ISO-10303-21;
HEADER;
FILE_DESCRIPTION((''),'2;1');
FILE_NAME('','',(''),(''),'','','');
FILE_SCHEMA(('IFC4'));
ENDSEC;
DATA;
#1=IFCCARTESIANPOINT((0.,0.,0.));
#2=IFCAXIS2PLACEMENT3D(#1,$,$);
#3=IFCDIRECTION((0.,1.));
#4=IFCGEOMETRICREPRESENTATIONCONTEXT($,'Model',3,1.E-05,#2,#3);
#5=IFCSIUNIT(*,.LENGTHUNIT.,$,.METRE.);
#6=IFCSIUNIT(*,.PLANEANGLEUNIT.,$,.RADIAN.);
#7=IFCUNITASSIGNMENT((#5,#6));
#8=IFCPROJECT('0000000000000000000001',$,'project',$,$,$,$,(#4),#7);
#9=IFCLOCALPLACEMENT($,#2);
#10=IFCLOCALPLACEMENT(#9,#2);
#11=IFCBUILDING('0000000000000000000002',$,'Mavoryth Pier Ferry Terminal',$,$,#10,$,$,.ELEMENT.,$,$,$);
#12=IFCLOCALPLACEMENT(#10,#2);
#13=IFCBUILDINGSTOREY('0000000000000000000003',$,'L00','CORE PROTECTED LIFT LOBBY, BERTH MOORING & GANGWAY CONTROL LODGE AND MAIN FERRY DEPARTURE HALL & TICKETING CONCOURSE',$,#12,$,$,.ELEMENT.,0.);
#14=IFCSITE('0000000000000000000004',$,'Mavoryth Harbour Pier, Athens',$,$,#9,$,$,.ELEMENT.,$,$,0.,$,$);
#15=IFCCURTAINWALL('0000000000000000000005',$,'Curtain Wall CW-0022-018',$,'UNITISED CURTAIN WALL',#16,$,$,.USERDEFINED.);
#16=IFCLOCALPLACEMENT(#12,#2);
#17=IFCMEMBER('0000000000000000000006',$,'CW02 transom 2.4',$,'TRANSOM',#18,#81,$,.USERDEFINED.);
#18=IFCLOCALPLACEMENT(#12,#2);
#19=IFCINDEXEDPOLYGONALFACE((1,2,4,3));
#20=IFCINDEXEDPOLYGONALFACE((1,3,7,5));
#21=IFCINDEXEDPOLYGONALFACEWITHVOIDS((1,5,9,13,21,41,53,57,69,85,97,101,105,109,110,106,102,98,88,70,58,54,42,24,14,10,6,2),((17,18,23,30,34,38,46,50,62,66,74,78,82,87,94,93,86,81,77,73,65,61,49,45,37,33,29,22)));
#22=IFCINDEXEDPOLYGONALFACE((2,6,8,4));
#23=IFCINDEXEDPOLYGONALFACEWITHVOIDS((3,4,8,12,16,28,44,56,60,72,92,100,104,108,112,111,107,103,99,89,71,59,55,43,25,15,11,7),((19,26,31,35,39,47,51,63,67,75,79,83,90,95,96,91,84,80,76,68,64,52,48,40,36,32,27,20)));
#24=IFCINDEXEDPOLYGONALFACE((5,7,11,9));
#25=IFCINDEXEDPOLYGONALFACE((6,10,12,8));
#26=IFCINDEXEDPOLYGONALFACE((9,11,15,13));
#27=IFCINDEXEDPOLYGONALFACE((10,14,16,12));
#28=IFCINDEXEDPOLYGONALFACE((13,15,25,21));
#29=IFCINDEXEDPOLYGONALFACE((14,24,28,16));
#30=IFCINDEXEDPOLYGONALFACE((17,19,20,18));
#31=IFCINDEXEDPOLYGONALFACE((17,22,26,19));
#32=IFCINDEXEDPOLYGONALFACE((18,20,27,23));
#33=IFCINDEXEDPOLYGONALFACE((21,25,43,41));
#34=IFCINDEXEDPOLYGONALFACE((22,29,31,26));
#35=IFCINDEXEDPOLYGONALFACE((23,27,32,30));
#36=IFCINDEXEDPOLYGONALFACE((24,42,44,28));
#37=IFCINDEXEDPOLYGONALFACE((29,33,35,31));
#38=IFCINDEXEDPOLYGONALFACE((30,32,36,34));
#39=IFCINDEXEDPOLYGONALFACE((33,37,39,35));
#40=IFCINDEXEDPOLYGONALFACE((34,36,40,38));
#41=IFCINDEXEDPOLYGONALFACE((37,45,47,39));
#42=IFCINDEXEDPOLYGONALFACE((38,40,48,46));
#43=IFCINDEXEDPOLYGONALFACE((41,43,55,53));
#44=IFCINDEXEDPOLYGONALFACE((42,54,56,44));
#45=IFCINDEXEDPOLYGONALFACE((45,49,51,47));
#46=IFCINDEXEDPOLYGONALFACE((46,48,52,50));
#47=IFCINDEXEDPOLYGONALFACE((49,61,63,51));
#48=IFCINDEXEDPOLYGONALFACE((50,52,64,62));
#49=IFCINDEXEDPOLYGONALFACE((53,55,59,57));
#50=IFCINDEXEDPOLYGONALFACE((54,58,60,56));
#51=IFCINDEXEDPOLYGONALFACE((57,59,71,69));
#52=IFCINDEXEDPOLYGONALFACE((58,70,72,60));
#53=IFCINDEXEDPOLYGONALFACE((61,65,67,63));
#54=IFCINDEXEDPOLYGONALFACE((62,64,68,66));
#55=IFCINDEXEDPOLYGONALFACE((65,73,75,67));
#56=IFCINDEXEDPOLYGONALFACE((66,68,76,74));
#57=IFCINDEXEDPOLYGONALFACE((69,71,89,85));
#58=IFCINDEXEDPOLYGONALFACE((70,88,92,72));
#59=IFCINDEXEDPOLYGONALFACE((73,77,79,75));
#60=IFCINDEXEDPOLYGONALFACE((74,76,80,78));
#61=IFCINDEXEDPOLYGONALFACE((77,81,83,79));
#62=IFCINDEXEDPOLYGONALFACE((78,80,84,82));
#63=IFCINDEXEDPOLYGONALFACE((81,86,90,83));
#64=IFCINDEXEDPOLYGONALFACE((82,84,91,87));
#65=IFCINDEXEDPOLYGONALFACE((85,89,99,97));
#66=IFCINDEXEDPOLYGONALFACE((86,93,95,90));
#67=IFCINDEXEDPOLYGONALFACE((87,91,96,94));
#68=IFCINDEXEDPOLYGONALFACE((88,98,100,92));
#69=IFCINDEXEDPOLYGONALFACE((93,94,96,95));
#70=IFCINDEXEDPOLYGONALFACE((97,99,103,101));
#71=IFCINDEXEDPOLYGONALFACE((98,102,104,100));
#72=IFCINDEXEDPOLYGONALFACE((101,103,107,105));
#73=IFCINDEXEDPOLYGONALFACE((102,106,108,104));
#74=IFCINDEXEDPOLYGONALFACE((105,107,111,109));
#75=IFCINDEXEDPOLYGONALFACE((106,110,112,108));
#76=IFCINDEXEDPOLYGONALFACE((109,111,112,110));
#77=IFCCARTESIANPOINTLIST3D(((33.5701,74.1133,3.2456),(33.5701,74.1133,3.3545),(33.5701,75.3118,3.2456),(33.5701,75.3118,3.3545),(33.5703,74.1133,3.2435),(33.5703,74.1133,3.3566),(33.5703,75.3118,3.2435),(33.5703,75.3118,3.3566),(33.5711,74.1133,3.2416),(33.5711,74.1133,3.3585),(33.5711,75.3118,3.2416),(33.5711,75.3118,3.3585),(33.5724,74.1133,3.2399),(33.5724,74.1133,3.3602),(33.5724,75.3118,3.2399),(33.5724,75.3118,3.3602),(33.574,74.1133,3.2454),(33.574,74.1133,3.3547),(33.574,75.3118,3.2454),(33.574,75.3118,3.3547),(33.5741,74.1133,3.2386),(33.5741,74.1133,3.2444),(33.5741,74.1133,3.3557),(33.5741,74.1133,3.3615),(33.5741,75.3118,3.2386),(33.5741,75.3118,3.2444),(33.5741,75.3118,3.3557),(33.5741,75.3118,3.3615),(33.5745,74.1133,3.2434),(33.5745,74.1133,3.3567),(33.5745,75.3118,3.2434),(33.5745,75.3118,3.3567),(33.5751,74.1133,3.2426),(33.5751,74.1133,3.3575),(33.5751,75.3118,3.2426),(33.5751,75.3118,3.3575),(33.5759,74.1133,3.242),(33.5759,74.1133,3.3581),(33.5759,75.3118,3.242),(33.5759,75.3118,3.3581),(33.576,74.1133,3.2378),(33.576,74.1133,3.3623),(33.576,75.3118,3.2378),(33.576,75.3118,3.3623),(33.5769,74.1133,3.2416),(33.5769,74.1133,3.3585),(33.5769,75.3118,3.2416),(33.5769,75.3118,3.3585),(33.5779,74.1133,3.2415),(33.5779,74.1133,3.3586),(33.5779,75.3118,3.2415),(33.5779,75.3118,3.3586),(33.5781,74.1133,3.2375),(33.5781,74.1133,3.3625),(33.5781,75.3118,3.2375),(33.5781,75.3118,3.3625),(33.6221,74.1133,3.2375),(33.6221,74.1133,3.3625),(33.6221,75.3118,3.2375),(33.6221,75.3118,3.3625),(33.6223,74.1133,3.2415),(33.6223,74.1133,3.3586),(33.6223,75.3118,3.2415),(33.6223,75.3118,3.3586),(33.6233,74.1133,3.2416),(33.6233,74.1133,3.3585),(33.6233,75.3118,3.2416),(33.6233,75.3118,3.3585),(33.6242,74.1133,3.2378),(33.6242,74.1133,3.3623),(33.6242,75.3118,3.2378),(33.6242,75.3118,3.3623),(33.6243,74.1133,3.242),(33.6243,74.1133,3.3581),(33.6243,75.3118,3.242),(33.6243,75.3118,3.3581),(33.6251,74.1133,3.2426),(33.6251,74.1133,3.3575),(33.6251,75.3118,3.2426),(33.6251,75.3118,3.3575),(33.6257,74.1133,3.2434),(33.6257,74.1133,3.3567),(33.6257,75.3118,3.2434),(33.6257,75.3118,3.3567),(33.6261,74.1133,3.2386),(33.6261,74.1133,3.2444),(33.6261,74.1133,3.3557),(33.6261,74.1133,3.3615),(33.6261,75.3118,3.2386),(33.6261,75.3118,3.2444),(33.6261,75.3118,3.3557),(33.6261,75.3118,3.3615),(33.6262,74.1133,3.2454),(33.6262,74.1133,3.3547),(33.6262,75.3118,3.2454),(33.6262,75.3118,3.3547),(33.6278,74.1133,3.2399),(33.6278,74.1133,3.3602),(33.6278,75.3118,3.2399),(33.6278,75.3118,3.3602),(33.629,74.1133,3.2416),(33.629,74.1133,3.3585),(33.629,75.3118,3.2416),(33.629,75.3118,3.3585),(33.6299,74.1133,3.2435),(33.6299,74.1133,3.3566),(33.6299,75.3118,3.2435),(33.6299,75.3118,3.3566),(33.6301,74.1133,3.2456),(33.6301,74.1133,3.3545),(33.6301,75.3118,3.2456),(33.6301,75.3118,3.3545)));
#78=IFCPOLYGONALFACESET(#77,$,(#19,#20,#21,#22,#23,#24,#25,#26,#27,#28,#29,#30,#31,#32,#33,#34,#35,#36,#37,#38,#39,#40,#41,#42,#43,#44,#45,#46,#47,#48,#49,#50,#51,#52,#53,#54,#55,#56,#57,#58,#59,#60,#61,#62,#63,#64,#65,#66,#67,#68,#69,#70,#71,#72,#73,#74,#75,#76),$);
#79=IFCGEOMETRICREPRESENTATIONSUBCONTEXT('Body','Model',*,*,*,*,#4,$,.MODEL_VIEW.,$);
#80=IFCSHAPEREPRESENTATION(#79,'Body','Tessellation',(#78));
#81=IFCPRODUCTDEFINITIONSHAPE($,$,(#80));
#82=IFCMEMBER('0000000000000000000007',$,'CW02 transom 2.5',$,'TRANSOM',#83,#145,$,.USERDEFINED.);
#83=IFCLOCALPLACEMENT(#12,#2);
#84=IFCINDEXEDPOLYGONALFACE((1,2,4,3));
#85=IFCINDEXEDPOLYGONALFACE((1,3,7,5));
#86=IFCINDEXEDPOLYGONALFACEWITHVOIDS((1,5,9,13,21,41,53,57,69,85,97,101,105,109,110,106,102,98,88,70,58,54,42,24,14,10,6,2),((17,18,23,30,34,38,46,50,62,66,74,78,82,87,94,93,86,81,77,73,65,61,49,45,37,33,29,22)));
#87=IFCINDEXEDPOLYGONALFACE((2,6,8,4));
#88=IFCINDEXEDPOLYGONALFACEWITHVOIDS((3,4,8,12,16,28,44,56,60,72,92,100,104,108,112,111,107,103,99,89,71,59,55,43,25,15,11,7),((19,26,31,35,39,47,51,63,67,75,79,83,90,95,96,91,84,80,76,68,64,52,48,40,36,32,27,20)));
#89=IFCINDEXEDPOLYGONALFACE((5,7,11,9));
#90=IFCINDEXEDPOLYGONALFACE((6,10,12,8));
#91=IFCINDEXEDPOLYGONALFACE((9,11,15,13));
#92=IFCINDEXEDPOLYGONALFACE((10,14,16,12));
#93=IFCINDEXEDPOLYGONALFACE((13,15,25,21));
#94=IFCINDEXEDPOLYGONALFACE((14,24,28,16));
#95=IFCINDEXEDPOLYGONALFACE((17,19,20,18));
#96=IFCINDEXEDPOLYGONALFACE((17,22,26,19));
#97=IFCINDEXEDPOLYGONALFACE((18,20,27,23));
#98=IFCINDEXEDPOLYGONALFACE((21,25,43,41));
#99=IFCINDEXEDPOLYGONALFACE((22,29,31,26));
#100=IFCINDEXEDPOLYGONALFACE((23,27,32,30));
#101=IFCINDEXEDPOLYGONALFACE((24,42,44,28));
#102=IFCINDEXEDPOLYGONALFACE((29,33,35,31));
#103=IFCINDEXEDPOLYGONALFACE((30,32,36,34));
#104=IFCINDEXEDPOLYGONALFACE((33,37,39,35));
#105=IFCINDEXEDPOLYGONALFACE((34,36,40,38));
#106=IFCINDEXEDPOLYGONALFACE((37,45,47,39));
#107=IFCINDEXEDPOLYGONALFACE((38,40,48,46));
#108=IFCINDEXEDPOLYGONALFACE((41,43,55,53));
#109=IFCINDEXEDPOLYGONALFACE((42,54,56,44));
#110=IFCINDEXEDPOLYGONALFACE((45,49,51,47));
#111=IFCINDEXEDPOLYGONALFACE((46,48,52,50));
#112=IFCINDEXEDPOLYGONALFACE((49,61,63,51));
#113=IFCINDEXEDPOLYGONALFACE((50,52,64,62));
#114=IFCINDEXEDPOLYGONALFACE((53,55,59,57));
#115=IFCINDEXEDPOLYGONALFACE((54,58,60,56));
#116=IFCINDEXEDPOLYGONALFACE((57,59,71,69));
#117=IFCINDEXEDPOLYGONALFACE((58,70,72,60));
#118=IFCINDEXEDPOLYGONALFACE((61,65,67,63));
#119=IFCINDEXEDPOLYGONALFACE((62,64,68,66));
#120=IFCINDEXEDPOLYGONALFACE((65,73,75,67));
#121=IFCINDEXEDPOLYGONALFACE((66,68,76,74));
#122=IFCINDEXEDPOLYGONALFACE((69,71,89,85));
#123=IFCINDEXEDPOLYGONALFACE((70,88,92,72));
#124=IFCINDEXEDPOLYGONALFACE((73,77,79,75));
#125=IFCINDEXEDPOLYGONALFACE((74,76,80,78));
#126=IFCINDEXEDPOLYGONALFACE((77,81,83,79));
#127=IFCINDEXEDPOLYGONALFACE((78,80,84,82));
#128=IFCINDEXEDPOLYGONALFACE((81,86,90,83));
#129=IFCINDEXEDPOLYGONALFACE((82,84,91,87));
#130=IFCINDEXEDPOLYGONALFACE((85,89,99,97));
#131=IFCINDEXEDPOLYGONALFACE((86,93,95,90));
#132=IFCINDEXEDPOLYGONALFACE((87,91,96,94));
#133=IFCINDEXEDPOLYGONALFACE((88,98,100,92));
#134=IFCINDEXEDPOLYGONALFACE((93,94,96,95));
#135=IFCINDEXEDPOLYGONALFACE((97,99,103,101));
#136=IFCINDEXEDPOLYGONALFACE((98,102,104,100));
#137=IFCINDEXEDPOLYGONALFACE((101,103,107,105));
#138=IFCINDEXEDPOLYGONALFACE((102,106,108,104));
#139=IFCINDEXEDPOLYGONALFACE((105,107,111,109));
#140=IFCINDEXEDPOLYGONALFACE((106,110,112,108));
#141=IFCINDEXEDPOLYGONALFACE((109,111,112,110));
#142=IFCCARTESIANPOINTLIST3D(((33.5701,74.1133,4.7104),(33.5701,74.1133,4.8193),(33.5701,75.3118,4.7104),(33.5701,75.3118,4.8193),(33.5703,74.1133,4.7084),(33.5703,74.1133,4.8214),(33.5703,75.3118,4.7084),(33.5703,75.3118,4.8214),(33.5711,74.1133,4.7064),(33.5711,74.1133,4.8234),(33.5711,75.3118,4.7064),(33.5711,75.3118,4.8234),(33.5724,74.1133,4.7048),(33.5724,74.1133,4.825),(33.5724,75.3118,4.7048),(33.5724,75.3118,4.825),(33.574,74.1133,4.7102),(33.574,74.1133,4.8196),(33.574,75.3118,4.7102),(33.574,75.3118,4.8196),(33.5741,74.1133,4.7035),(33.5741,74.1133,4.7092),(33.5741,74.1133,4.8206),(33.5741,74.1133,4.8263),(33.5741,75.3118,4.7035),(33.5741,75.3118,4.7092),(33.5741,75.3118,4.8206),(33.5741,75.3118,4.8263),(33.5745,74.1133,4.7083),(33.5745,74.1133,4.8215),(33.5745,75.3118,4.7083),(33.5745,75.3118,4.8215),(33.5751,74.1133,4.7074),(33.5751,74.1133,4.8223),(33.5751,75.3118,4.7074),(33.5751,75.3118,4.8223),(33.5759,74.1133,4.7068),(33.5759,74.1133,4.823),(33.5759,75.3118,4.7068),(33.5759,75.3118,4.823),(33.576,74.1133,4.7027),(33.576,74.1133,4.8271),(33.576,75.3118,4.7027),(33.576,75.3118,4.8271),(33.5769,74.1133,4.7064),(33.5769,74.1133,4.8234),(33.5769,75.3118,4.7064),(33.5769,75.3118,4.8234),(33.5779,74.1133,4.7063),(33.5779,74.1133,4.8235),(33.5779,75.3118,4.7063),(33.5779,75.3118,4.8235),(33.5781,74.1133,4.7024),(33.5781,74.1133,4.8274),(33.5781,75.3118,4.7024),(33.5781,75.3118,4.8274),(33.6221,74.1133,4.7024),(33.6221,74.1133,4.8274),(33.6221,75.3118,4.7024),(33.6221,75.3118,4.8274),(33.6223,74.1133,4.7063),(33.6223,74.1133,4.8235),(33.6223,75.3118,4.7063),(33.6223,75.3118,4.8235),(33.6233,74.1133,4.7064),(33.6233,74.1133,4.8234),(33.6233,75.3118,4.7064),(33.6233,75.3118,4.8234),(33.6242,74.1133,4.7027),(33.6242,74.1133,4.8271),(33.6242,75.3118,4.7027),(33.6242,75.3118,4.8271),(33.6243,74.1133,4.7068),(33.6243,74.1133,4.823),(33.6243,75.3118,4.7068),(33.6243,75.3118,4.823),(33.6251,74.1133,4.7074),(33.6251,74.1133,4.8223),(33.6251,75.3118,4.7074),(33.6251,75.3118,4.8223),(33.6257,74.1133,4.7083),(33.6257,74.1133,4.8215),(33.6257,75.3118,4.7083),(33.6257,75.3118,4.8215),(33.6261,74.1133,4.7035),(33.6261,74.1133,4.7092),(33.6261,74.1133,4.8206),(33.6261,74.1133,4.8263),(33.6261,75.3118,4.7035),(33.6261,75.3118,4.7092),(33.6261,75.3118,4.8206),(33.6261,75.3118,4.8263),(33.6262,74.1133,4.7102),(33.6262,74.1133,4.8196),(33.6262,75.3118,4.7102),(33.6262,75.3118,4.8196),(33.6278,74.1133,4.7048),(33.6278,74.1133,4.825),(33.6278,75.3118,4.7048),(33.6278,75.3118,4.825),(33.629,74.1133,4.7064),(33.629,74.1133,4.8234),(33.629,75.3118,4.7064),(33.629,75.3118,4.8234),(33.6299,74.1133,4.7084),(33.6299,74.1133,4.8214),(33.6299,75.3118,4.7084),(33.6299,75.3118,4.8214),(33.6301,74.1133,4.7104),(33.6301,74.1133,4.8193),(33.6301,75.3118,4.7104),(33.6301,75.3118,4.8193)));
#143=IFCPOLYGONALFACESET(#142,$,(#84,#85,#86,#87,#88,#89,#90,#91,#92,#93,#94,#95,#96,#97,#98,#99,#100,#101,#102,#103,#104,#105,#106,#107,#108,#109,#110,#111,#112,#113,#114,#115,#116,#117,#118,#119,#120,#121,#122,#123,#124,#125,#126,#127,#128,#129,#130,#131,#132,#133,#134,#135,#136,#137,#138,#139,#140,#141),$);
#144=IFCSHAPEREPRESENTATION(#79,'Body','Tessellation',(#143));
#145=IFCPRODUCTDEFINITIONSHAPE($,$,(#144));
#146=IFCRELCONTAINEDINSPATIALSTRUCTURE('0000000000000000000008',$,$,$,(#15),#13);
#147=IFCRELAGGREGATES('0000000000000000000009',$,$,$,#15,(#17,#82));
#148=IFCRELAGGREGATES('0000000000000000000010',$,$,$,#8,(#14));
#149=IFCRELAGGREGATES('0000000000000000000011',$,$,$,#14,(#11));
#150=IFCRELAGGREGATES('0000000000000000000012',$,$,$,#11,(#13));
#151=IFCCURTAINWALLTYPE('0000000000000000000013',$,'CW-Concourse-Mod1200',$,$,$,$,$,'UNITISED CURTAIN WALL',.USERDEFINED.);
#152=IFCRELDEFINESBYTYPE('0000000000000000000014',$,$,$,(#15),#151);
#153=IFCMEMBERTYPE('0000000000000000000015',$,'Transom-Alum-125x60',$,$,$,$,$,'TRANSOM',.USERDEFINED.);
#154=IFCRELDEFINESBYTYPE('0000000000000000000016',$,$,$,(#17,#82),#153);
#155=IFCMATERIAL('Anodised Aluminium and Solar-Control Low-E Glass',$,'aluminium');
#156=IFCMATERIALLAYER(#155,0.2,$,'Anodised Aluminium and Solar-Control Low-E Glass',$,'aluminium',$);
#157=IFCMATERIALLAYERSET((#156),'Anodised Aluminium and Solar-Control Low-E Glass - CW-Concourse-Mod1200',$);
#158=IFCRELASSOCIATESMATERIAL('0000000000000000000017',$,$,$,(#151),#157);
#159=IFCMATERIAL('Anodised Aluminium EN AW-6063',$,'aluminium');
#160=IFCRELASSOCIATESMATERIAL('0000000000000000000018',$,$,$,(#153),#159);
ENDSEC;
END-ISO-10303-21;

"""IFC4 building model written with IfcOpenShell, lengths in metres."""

from ifc_helpers import new_model, si_unit, direction, frame, origin, origin_2d, place, context, subcontext, project, spatial, hollow_rectangle, extrude, material, layer, layer_set, material_profile, profile_set, type_object, element, aggregate, save


model = new_model("IFC4")

# Units and contexts
model_context = context("Model", 3, precision=1e-05, world=origin(), true_north=direction((0.0, 1.0)))
body_context = subcontext(model_context, "Body", "Model", "MODEL_VIEW")
ifc_project = project(units=[si_unit("LENGTHUNIT", "METRE"), si_unit("PLANEANGLEUNIT", "RADIAN")], contexts=[model_context])

# Site, building, storey
site_placement = place(None, origin())
site = spatial("IfcSite", under=ifc_project, at=site_placement, Name="Mavoryth Harbour Pier, Athens", CompositionType="ELEMENT", RefElevation=0.0)
building_placement = place(site_placement, origin())
building = spatial("IfcBuilding", under=site, at=building_placement, Name="Mavoryth Pier Ferry Terminal", CompositionType="ELEMENT")
storey_placement = place(building_placement, origin())
storey = spatial("IfcBuildingStorey", under=building, at=storey_placement, Name="L00", Description="CORE PROTECTED LIFT LOBBY, BERTH MOORING & GANGWAY CONTROL LODGE AND MAIN FERRY DEPARTURE HALL & TICKETING CONCOURSE", CompositionType="ELEMENT", Elevation=0.0)

# Curtain wall, members
ifc_material_1 = material(Name="Anodised Aluminium and Solar-Control Low-E Glass", Category="aluminium")
ifc_layer_1 = layer(ifc_material_1, 0.2, Name="Anodised Aluminium and Solar-Control Low-E Glass", Category="aluminium")
ifc_layer_set_1 = layer_set([ifc_layer_1], Name="Anodised Aluminium and Solar-Control Low-E Glass - CW-Concourse-Mod1200")
curtain_wall_type = type_object("IfcCurtainWallType", Name="CW-Concourse-Mod1200", ElementType="UNITISED CURTAIN WALL", PredefinedType="USERDEFINED", material=ifc_layer_set_1)
curtain_wall_placement = place(storey_placement, origin())
curtain_wall = element("IfcCurtainWall", 1, at=curtain_wall_placement, inside=storey, type_object=curtain_wall_type, Name="Curtain Wall CW-0022-018", ObjectType="UNITISED CURTAIN WALL", PredefinedType="USERDEFINED")
ifc_material_2 = material(Name="Anodised Aluminium EN AW-6063", Category="aluminium")
ifc_material_profile_1 = material_profile(ifc_material_2, hollow_rectangle(XDim=0.0601, YDim=0.125, WallThickness=0.0039, InnerFilletRadius=0.0039, OuterFilletRadius=0.0081, at=origin_2d()), Name="AL-TRAN 125x60x4", Category="aluminium")
ifc_profile_set_1 = profile_set([ifc_material_profile_1], Name="Anodised Aluminium EN AW-6063 - AL-TRAN 125x60x4")
member_type_1 = type_object("IfcMemberType", Name="Transom-Alum-125x60", ElementType="TRANSOM", PredefinedType="USERDEFINED", material=ifc_profile_set_1)
member_1_placement = place(storey_placement, frame((33.6001, 74.1133, 3.3), z_axis=(0.0, 1.0, 0.0), x_axis=(-1.0, 0.0, 0.0)))
member_1 = element("IfcMember", 2, at=member_1_placement, type_object=member_type_1, Name="CW02 transom 2.4", ObjectType="TRANSOM", PredefinedType="USERDEFINED", context=body_context, shape_type="SweptSolid", body=[
    extrude(hollow_rectangle(XDim=0.0601, YDim=0.125, WallThickness=0.0039, InnerFilletRadius=0.0039, OuterFilletRadius=0.0081, at=origin_2d()), origin(), (0.0, 0.0, 1.0), 1.1985),
])
member_2_placement = place(storey_placement, frame((33.6001, 74.1133, 4.7649), z_axis=(0.0, 1.0, 0.0), x_axis=(-1.0, 0.0, 0.0)))
member_2 = element("IfcMember", 3, at=member_2_placement, type_object=member_type_1, Name="CW02 transom 2.5", ObjectType="TRANSOM", PredefinedType="USERDEFINED", context=body_context, shape_type="SweptSolid", body=[
    extrude(hollow_rectangle(XDim=0.0601, YDim=0.125, WallThickness=0.0039, InnerFilletRadius=0.0039, OuterFilletRadius=0.0081, at=origin_2d()), origin(), (0.0, 0.0, 1.0), 1.1985),
])
aggregate(curtain_wall, [member_1, member_2])

save(model, "model.ifc")
